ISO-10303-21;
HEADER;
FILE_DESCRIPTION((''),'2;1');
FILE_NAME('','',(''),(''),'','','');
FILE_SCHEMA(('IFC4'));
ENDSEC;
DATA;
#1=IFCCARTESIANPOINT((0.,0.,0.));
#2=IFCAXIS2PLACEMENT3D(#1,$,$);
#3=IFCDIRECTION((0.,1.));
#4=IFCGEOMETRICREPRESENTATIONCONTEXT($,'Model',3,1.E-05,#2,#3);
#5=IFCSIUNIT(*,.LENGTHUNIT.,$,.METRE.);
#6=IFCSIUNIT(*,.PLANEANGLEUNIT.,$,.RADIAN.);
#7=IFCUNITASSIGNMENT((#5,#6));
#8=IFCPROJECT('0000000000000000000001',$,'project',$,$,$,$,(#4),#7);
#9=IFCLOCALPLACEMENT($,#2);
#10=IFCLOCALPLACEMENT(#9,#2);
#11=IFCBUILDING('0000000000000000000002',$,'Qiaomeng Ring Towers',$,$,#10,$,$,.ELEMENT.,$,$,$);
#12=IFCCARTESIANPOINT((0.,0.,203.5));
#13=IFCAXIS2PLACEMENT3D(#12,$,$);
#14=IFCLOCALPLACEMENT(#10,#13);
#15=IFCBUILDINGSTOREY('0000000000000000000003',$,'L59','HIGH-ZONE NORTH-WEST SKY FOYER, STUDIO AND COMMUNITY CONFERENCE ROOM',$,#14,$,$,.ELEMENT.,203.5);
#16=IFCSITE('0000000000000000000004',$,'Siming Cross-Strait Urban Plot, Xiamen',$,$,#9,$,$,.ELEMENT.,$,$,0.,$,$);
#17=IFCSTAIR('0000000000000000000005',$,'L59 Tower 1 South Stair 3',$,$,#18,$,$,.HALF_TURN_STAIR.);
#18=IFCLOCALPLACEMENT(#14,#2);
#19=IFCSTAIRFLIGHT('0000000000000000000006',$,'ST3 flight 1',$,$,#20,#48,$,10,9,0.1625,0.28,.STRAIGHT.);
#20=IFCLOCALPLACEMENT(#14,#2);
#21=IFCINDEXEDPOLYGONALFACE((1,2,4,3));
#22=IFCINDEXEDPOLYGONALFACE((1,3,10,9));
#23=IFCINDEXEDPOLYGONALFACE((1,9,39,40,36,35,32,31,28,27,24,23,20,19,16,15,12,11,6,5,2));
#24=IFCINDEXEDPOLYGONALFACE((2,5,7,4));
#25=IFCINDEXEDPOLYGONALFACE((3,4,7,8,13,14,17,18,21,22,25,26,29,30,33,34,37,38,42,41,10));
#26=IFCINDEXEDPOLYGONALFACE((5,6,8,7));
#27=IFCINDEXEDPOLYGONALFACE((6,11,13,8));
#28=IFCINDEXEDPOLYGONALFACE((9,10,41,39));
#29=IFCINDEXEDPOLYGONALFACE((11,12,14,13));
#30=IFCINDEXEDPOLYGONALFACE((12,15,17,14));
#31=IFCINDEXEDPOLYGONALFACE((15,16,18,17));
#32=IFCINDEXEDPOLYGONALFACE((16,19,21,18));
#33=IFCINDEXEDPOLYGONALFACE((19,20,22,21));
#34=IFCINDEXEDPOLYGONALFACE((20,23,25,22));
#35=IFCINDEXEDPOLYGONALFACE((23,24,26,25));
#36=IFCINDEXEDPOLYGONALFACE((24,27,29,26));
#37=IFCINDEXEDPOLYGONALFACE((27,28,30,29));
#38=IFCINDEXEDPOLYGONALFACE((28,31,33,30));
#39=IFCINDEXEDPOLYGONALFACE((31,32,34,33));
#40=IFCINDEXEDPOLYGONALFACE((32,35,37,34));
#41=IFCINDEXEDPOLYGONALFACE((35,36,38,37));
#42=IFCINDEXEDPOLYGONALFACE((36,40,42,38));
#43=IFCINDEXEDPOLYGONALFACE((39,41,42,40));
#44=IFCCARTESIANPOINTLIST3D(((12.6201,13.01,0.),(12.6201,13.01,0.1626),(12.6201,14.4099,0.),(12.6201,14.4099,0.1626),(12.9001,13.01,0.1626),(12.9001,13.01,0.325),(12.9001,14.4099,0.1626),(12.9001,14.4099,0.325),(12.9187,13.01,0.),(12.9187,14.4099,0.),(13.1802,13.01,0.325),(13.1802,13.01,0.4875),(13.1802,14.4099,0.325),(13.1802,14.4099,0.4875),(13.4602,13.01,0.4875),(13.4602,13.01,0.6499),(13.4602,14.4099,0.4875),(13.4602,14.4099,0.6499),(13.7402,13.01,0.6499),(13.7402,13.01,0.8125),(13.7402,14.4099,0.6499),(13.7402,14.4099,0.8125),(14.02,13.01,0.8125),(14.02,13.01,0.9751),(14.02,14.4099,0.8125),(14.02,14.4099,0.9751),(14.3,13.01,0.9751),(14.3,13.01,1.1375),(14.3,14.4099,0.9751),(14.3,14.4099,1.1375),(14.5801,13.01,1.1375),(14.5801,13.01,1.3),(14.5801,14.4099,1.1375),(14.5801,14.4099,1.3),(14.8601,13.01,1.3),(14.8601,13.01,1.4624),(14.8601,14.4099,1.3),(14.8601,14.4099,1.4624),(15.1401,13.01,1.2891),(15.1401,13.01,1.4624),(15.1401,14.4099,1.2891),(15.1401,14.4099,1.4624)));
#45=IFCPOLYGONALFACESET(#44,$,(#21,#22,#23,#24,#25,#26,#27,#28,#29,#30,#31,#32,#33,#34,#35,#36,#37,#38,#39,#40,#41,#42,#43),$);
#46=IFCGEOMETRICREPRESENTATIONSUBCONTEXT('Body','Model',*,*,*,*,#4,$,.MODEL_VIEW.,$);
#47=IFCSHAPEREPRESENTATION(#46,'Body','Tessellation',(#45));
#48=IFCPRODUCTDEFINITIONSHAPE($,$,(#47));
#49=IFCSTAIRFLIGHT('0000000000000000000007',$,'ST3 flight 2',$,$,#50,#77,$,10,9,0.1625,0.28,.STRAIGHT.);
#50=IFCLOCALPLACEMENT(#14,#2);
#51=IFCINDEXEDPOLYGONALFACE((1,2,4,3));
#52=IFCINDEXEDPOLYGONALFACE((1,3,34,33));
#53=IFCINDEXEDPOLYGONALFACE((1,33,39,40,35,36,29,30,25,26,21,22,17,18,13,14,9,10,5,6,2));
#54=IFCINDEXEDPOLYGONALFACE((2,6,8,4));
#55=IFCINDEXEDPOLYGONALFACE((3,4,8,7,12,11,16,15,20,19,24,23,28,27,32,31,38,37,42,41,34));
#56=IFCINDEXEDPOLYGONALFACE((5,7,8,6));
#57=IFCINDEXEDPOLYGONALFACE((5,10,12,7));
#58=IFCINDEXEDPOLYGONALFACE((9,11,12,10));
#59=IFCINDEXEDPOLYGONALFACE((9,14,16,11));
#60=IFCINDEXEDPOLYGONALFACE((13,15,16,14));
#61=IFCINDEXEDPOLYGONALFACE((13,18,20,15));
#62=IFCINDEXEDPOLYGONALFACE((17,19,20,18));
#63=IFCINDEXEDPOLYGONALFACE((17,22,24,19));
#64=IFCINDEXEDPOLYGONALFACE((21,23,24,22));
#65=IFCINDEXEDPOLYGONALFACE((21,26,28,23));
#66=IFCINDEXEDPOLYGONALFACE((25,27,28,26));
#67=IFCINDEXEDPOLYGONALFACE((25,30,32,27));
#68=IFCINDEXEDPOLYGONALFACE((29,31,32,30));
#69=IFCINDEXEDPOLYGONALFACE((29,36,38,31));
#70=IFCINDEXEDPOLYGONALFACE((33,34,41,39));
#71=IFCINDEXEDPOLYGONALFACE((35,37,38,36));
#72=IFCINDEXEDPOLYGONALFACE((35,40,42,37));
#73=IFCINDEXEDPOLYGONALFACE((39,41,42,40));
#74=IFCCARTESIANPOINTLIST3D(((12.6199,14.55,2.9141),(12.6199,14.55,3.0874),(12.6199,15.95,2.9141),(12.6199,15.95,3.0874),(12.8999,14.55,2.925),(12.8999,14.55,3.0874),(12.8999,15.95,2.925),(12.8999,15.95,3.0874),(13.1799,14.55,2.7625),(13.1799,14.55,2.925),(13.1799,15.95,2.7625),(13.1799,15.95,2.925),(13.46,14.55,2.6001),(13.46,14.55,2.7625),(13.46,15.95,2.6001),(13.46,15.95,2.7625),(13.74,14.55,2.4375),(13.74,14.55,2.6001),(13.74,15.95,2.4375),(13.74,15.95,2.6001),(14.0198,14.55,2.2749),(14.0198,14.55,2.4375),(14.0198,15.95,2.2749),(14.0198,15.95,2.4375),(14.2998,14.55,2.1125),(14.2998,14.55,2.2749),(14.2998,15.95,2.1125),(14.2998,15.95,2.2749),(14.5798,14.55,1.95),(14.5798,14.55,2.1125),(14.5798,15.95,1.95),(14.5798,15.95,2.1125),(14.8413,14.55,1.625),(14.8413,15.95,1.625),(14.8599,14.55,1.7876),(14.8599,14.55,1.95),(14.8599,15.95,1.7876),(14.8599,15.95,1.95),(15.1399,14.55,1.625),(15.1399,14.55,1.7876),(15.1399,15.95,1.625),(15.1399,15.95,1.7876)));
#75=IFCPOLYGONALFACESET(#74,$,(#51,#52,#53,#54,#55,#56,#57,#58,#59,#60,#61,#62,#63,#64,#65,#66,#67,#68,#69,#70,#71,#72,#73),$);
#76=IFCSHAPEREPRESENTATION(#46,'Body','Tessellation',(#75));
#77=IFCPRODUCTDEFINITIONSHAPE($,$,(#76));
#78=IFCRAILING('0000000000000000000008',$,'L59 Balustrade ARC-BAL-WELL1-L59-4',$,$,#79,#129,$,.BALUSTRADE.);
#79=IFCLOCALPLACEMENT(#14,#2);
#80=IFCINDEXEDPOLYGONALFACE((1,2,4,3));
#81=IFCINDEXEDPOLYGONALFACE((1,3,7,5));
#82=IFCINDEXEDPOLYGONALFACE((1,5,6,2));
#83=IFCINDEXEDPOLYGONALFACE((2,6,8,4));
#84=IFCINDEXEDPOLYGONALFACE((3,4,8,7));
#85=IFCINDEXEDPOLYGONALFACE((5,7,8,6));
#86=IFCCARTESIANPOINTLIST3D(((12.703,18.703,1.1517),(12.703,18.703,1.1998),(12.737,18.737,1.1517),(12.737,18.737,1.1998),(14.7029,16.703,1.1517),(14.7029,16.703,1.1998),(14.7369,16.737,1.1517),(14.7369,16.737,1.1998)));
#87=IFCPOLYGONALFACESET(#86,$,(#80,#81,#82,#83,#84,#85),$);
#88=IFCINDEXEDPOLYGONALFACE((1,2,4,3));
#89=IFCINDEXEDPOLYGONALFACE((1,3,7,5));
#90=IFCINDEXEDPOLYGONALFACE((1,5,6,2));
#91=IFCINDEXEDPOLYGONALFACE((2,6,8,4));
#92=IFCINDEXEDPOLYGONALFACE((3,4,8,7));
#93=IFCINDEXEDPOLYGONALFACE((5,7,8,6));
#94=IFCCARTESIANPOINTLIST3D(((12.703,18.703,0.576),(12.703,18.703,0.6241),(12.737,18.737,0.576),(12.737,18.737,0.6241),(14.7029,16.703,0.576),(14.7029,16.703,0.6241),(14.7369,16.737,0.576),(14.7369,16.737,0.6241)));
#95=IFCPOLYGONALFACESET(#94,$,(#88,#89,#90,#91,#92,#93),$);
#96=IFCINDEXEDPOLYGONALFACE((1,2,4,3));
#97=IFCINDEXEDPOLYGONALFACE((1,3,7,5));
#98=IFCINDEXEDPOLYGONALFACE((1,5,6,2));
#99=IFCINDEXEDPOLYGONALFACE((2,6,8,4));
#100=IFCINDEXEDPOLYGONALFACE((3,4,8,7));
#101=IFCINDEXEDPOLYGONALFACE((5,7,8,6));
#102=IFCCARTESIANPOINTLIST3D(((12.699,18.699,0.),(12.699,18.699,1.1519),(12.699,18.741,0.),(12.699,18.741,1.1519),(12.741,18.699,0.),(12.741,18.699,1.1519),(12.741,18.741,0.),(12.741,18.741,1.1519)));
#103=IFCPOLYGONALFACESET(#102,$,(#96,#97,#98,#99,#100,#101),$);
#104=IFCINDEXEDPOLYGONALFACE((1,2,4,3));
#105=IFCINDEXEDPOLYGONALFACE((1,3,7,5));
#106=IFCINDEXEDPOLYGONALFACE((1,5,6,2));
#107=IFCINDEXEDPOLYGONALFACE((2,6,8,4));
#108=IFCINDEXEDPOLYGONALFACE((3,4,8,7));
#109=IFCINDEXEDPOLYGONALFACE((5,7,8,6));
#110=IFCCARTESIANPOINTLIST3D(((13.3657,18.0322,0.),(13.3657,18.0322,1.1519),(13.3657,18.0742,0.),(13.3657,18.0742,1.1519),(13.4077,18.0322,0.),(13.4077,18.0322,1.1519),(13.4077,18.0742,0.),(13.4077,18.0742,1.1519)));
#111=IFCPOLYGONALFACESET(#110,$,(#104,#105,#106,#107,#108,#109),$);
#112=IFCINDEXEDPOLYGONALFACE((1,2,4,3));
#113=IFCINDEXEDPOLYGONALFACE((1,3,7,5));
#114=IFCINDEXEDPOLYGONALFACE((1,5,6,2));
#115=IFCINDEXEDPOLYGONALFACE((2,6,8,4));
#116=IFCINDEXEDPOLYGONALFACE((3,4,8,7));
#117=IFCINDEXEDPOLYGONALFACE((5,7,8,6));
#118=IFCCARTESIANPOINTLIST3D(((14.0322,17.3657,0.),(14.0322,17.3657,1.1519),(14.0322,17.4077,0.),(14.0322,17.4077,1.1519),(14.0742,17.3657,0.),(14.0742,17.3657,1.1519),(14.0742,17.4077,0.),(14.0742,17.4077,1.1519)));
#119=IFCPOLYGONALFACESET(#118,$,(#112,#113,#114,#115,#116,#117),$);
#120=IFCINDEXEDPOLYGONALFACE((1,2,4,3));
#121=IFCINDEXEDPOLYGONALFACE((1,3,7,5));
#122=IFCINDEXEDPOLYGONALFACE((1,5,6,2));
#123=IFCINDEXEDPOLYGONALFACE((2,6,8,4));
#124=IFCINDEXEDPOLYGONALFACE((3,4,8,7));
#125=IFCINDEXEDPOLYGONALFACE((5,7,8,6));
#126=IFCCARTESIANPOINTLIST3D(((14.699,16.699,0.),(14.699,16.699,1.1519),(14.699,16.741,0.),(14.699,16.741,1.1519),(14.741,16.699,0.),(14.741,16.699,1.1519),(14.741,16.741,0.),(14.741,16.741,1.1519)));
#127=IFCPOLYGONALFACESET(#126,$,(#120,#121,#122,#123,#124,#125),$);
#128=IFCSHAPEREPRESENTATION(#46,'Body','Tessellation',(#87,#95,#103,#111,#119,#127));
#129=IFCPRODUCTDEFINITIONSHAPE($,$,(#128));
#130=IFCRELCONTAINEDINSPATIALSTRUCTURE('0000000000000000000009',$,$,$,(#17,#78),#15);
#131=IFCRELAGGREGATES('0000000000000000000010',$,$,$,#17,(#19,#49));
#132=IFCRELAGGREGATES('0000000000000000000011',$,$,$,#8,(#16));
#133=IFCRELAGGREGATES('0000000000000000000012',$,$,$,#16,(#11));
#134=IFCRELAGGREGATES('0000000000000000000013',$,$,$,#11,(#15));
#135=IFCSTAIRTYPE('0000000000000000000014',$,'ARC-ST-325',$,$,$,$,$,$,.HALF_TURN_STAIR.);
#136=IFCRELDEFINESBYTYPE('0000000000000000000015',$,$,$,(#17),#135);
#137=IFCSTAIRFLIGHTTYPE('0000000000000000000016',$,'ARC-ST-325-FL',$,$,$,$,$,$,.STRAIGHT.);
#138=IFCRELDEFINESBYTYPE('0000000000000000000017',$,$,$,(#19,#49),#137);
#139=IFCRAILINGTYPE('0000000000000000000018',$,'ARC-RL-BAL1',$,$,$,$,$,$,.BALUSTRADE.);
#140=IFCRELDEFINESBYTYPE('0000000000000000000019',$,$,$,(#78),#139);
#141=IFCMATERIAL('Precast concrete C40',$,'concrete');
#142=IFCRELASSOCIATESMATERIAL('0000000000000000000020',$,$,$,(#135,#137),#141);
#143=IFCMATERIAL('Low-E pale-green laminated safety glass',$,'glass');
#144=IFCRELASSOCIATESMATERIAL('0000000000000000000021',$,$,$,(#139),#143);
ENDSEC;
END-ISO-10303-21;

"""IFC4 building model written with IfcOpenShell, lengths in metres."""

from ifc_helpers import new_model, si_unit, direction, frame, origin, origin_2d, place, context, subcontext, project, spatial, polyline, rectangle, outline, extrude, source, transform, mapped, material, type_object, element, aggregate, save


model = new_model("IFC4")

# Units and contexts
model_context = context("Model", 3, precision=1e-05, world=origin(), true_north=direction((0.0, 1.0)))
body_context = subcontext(model_context, "Body", "Model", "MODEL_VIEW")
ifc_project = project(units=[si_unit("LENGTHUNIT", "METRE"), si_unit("PLANEANGLEUNIT", "RADIAN")], contexts=[model_context])

# Site, building, storey
site_placement = place(None, origin())
site = spatial("IfcSite", under=ifc_project, at=site_placement, Name="Siming Cross-Strait Urban Plot, Xiamen", CompositionType="ELEMENT", RefElevation=0.0)
building_placement = place(site_placement, origin())
building = spatial("IfcBuilding", under=site, at=building_placement, Name="Qiaomeng Ring Towers", CompositionType="ELEMENT")
storey_placement = place(building_placement, frame((0.0, 0.0, 203.5)))
storey = spatial("IfcBuildingStorey", under=building, at=storey_placement, Name="L59", Description="HIGH-ZONE NORTH-WEST SKY FOYER, STUDIO AND COMMUNITY CONFERENCE ROOM", CompositionType="ELEMENT", Elevation=203.5)

# Stair, stair flights
ifc_material_1 = material(Name="Precast concrete C40", Category="concrete")
stair_type = type_object("IfcStairType", Name="ARC-ST-325", PredefinedType="HALF_TURN_STAIR", material=ifc_material_1)
stair_placement = place(storey_placement, origin())
stair = element("IfcStair", 1, at=stair_placement, inside=storey, type_object=stair_type, Name="L59 Tower 1 South Stair 3", PredefinedType="HALF_TURN_STAIR")
stair_flight_type = type_object("IfcStairFlightType", Name="ARC-ST-325-FL", PredefinedType="STRAIGHT", material=ifc_material_1)
shared_shape_1 = source(origin(), body_context, "Body", "SweptSolid", [
    extrude(outline(polyline([(0.0, 0.0), (0.0, 0.1626), (0.28, 0.1626), (0.28, 0.325), (0.5601, 0.325), (0.5601, 0.4875), (0.8401, 0.4875), (0.8401, 0.6499), (1.1201, 0.6499), (1.1201, 0.8125), (1.3999, 0.8125), (1.3999, 0.9751), (1.6799, 0.9751), (1.6799, 1.1375), (1.96, 1.1375), (1.96, 1.3), (2.24, 1.3), (2.24, 1.4624), (2.52, 1.4624), (2.52, 1.625), (2.52, 1.2891), (0.2986, 0.0), (0.0, 0.0)])), frame((0.0, 0.7, 0.0), z_axis=(0.0, -1.0, 0.0), x_axis=(1.0, 0.0, 0.0)), (0.0, 0.0, 1.0), 1.3999),
])
stair_flight_1_placement = place(storey_placement, frame((12.6201, 13.71, 0.0), z_axis=(0.0, 0.0, 1.0), x_axis=(1.0, 0.0, 0.0)))
stair_flight_1 = element("IfcStairFlight", 2, at=stair_flight_1_placement, type_object=stair_flight_type, Name="ST3 flight 1", NumberOfRisers=10, NumberOfTreads=9, PredefinedType="STRAIGHT", RiserHeight=0.1625, TreadLength=0.28, context=body_context, shape_type="MappedRepresentation", body=[
    mapped(shared_shape_1, transform((0.0, 0.0, 0.0), x_axis=(1.0, 0.0, 0.0), y_axis=(0.0, 1.0, 0.0), z_axis=(0.0, 0.0, 1.0), scale=1.0)),
])
stair_flight_2_placement = place(storey_placement, frame((15.1399, 15.25, 1.625), z_axis=(0.0, 0.0, 1.0), x_axis=(-1.0, 0.0, 0.0)))
stair_flight_2 = element("IfcStairFlight", 3, at=stair_flight_2_placement, type_object=stair_flight_type, Name="ST3 flight 2", NumberOfRisers=10, NumberOfTreads=9, PredefinedType="STRAIGHT", RiserHeight=0.1625, TreadLength=0.28, context=body_context, shape_type="MappedRepresentation", body=[
    mapped(shared_shape_1, transform((0.0, 0.0, 0.0), x_axis=(1.0, 0.0, 0.0), y_axis=(0.0, 1.0, 0.0), z_axis=(0.0, 0.0, 1.0), scale=1.0)),
])
aggregate(stair, [stair_flight_1, stair_flight_2])

# Railing
ifc_material_2 = material(Name="Low-E pale-green laminated safety glass", Category="glass")
railing_type_1 = type_object("IfcRailingType", Name="ARC-RL-BAL1", PredefinedType="BALUSTRADE", material=ifc_material_2)
railing_1_placement = place(storey_placement, frame((12.72, 18.72, 0.0)))
element("IfcRailing", 4, at=railing_1_placement, inside=storey, type_object=railing_type_1, Name="L59 Balustrade ARC-BAL-WELL1-L59-4", PredefinedType="BALUSTRADE", context=body_context, shape_type="SweptSolid", body=[
    extrude(rectangle(XDim=0.0481, YDim=0.0481, at=origin_2d()), frame((0.0, 0.0, 1.1758), z_axis=(0.707107, -0.707107, 0.0), x_axis=(0.707107, 0.707107, 0.0)), (0.0, 0.0, 1.0), 2.8284),
    extrude(rectangle(XDim=0.0481, YDim=0.0481, at=origin_2d()), frame((0.0, 0.0, 0.6001), z_axis=(0.707107, -0.707107, 0.0), x_axis=(0.707107, 0.707107, 0.0)), (0.0, 0.0, 1.0), 2.8284),
    extrude(rectangle(XDim=0.042, YDim=0.042, at=origin_2d()), origin(), (0.0, 0.0, 1.0), 1.1519),
    extrude(rectangle(XDim=0.042, YDim=0.042, at=origin_2d()), frame((0.6667, -0.6667, 0.0)), (0.0, 0.0, 1.0), 1.1519),
    extrude(rectangle(XDim=0.042, YDim=0.042, at=origin_2d()), frame((1.3333, -1.3333, 0.0)), (0.0, 0.0, 1.0), 1.1519),
    extrude(rectangle(XDim=0.042, YDim=0.042, at=origin_2d()), frame((2.0, -2.0, 0.0)), (0.0, 0.0, 1.0), 1.1519),
])

save(model, "model.ifc")
